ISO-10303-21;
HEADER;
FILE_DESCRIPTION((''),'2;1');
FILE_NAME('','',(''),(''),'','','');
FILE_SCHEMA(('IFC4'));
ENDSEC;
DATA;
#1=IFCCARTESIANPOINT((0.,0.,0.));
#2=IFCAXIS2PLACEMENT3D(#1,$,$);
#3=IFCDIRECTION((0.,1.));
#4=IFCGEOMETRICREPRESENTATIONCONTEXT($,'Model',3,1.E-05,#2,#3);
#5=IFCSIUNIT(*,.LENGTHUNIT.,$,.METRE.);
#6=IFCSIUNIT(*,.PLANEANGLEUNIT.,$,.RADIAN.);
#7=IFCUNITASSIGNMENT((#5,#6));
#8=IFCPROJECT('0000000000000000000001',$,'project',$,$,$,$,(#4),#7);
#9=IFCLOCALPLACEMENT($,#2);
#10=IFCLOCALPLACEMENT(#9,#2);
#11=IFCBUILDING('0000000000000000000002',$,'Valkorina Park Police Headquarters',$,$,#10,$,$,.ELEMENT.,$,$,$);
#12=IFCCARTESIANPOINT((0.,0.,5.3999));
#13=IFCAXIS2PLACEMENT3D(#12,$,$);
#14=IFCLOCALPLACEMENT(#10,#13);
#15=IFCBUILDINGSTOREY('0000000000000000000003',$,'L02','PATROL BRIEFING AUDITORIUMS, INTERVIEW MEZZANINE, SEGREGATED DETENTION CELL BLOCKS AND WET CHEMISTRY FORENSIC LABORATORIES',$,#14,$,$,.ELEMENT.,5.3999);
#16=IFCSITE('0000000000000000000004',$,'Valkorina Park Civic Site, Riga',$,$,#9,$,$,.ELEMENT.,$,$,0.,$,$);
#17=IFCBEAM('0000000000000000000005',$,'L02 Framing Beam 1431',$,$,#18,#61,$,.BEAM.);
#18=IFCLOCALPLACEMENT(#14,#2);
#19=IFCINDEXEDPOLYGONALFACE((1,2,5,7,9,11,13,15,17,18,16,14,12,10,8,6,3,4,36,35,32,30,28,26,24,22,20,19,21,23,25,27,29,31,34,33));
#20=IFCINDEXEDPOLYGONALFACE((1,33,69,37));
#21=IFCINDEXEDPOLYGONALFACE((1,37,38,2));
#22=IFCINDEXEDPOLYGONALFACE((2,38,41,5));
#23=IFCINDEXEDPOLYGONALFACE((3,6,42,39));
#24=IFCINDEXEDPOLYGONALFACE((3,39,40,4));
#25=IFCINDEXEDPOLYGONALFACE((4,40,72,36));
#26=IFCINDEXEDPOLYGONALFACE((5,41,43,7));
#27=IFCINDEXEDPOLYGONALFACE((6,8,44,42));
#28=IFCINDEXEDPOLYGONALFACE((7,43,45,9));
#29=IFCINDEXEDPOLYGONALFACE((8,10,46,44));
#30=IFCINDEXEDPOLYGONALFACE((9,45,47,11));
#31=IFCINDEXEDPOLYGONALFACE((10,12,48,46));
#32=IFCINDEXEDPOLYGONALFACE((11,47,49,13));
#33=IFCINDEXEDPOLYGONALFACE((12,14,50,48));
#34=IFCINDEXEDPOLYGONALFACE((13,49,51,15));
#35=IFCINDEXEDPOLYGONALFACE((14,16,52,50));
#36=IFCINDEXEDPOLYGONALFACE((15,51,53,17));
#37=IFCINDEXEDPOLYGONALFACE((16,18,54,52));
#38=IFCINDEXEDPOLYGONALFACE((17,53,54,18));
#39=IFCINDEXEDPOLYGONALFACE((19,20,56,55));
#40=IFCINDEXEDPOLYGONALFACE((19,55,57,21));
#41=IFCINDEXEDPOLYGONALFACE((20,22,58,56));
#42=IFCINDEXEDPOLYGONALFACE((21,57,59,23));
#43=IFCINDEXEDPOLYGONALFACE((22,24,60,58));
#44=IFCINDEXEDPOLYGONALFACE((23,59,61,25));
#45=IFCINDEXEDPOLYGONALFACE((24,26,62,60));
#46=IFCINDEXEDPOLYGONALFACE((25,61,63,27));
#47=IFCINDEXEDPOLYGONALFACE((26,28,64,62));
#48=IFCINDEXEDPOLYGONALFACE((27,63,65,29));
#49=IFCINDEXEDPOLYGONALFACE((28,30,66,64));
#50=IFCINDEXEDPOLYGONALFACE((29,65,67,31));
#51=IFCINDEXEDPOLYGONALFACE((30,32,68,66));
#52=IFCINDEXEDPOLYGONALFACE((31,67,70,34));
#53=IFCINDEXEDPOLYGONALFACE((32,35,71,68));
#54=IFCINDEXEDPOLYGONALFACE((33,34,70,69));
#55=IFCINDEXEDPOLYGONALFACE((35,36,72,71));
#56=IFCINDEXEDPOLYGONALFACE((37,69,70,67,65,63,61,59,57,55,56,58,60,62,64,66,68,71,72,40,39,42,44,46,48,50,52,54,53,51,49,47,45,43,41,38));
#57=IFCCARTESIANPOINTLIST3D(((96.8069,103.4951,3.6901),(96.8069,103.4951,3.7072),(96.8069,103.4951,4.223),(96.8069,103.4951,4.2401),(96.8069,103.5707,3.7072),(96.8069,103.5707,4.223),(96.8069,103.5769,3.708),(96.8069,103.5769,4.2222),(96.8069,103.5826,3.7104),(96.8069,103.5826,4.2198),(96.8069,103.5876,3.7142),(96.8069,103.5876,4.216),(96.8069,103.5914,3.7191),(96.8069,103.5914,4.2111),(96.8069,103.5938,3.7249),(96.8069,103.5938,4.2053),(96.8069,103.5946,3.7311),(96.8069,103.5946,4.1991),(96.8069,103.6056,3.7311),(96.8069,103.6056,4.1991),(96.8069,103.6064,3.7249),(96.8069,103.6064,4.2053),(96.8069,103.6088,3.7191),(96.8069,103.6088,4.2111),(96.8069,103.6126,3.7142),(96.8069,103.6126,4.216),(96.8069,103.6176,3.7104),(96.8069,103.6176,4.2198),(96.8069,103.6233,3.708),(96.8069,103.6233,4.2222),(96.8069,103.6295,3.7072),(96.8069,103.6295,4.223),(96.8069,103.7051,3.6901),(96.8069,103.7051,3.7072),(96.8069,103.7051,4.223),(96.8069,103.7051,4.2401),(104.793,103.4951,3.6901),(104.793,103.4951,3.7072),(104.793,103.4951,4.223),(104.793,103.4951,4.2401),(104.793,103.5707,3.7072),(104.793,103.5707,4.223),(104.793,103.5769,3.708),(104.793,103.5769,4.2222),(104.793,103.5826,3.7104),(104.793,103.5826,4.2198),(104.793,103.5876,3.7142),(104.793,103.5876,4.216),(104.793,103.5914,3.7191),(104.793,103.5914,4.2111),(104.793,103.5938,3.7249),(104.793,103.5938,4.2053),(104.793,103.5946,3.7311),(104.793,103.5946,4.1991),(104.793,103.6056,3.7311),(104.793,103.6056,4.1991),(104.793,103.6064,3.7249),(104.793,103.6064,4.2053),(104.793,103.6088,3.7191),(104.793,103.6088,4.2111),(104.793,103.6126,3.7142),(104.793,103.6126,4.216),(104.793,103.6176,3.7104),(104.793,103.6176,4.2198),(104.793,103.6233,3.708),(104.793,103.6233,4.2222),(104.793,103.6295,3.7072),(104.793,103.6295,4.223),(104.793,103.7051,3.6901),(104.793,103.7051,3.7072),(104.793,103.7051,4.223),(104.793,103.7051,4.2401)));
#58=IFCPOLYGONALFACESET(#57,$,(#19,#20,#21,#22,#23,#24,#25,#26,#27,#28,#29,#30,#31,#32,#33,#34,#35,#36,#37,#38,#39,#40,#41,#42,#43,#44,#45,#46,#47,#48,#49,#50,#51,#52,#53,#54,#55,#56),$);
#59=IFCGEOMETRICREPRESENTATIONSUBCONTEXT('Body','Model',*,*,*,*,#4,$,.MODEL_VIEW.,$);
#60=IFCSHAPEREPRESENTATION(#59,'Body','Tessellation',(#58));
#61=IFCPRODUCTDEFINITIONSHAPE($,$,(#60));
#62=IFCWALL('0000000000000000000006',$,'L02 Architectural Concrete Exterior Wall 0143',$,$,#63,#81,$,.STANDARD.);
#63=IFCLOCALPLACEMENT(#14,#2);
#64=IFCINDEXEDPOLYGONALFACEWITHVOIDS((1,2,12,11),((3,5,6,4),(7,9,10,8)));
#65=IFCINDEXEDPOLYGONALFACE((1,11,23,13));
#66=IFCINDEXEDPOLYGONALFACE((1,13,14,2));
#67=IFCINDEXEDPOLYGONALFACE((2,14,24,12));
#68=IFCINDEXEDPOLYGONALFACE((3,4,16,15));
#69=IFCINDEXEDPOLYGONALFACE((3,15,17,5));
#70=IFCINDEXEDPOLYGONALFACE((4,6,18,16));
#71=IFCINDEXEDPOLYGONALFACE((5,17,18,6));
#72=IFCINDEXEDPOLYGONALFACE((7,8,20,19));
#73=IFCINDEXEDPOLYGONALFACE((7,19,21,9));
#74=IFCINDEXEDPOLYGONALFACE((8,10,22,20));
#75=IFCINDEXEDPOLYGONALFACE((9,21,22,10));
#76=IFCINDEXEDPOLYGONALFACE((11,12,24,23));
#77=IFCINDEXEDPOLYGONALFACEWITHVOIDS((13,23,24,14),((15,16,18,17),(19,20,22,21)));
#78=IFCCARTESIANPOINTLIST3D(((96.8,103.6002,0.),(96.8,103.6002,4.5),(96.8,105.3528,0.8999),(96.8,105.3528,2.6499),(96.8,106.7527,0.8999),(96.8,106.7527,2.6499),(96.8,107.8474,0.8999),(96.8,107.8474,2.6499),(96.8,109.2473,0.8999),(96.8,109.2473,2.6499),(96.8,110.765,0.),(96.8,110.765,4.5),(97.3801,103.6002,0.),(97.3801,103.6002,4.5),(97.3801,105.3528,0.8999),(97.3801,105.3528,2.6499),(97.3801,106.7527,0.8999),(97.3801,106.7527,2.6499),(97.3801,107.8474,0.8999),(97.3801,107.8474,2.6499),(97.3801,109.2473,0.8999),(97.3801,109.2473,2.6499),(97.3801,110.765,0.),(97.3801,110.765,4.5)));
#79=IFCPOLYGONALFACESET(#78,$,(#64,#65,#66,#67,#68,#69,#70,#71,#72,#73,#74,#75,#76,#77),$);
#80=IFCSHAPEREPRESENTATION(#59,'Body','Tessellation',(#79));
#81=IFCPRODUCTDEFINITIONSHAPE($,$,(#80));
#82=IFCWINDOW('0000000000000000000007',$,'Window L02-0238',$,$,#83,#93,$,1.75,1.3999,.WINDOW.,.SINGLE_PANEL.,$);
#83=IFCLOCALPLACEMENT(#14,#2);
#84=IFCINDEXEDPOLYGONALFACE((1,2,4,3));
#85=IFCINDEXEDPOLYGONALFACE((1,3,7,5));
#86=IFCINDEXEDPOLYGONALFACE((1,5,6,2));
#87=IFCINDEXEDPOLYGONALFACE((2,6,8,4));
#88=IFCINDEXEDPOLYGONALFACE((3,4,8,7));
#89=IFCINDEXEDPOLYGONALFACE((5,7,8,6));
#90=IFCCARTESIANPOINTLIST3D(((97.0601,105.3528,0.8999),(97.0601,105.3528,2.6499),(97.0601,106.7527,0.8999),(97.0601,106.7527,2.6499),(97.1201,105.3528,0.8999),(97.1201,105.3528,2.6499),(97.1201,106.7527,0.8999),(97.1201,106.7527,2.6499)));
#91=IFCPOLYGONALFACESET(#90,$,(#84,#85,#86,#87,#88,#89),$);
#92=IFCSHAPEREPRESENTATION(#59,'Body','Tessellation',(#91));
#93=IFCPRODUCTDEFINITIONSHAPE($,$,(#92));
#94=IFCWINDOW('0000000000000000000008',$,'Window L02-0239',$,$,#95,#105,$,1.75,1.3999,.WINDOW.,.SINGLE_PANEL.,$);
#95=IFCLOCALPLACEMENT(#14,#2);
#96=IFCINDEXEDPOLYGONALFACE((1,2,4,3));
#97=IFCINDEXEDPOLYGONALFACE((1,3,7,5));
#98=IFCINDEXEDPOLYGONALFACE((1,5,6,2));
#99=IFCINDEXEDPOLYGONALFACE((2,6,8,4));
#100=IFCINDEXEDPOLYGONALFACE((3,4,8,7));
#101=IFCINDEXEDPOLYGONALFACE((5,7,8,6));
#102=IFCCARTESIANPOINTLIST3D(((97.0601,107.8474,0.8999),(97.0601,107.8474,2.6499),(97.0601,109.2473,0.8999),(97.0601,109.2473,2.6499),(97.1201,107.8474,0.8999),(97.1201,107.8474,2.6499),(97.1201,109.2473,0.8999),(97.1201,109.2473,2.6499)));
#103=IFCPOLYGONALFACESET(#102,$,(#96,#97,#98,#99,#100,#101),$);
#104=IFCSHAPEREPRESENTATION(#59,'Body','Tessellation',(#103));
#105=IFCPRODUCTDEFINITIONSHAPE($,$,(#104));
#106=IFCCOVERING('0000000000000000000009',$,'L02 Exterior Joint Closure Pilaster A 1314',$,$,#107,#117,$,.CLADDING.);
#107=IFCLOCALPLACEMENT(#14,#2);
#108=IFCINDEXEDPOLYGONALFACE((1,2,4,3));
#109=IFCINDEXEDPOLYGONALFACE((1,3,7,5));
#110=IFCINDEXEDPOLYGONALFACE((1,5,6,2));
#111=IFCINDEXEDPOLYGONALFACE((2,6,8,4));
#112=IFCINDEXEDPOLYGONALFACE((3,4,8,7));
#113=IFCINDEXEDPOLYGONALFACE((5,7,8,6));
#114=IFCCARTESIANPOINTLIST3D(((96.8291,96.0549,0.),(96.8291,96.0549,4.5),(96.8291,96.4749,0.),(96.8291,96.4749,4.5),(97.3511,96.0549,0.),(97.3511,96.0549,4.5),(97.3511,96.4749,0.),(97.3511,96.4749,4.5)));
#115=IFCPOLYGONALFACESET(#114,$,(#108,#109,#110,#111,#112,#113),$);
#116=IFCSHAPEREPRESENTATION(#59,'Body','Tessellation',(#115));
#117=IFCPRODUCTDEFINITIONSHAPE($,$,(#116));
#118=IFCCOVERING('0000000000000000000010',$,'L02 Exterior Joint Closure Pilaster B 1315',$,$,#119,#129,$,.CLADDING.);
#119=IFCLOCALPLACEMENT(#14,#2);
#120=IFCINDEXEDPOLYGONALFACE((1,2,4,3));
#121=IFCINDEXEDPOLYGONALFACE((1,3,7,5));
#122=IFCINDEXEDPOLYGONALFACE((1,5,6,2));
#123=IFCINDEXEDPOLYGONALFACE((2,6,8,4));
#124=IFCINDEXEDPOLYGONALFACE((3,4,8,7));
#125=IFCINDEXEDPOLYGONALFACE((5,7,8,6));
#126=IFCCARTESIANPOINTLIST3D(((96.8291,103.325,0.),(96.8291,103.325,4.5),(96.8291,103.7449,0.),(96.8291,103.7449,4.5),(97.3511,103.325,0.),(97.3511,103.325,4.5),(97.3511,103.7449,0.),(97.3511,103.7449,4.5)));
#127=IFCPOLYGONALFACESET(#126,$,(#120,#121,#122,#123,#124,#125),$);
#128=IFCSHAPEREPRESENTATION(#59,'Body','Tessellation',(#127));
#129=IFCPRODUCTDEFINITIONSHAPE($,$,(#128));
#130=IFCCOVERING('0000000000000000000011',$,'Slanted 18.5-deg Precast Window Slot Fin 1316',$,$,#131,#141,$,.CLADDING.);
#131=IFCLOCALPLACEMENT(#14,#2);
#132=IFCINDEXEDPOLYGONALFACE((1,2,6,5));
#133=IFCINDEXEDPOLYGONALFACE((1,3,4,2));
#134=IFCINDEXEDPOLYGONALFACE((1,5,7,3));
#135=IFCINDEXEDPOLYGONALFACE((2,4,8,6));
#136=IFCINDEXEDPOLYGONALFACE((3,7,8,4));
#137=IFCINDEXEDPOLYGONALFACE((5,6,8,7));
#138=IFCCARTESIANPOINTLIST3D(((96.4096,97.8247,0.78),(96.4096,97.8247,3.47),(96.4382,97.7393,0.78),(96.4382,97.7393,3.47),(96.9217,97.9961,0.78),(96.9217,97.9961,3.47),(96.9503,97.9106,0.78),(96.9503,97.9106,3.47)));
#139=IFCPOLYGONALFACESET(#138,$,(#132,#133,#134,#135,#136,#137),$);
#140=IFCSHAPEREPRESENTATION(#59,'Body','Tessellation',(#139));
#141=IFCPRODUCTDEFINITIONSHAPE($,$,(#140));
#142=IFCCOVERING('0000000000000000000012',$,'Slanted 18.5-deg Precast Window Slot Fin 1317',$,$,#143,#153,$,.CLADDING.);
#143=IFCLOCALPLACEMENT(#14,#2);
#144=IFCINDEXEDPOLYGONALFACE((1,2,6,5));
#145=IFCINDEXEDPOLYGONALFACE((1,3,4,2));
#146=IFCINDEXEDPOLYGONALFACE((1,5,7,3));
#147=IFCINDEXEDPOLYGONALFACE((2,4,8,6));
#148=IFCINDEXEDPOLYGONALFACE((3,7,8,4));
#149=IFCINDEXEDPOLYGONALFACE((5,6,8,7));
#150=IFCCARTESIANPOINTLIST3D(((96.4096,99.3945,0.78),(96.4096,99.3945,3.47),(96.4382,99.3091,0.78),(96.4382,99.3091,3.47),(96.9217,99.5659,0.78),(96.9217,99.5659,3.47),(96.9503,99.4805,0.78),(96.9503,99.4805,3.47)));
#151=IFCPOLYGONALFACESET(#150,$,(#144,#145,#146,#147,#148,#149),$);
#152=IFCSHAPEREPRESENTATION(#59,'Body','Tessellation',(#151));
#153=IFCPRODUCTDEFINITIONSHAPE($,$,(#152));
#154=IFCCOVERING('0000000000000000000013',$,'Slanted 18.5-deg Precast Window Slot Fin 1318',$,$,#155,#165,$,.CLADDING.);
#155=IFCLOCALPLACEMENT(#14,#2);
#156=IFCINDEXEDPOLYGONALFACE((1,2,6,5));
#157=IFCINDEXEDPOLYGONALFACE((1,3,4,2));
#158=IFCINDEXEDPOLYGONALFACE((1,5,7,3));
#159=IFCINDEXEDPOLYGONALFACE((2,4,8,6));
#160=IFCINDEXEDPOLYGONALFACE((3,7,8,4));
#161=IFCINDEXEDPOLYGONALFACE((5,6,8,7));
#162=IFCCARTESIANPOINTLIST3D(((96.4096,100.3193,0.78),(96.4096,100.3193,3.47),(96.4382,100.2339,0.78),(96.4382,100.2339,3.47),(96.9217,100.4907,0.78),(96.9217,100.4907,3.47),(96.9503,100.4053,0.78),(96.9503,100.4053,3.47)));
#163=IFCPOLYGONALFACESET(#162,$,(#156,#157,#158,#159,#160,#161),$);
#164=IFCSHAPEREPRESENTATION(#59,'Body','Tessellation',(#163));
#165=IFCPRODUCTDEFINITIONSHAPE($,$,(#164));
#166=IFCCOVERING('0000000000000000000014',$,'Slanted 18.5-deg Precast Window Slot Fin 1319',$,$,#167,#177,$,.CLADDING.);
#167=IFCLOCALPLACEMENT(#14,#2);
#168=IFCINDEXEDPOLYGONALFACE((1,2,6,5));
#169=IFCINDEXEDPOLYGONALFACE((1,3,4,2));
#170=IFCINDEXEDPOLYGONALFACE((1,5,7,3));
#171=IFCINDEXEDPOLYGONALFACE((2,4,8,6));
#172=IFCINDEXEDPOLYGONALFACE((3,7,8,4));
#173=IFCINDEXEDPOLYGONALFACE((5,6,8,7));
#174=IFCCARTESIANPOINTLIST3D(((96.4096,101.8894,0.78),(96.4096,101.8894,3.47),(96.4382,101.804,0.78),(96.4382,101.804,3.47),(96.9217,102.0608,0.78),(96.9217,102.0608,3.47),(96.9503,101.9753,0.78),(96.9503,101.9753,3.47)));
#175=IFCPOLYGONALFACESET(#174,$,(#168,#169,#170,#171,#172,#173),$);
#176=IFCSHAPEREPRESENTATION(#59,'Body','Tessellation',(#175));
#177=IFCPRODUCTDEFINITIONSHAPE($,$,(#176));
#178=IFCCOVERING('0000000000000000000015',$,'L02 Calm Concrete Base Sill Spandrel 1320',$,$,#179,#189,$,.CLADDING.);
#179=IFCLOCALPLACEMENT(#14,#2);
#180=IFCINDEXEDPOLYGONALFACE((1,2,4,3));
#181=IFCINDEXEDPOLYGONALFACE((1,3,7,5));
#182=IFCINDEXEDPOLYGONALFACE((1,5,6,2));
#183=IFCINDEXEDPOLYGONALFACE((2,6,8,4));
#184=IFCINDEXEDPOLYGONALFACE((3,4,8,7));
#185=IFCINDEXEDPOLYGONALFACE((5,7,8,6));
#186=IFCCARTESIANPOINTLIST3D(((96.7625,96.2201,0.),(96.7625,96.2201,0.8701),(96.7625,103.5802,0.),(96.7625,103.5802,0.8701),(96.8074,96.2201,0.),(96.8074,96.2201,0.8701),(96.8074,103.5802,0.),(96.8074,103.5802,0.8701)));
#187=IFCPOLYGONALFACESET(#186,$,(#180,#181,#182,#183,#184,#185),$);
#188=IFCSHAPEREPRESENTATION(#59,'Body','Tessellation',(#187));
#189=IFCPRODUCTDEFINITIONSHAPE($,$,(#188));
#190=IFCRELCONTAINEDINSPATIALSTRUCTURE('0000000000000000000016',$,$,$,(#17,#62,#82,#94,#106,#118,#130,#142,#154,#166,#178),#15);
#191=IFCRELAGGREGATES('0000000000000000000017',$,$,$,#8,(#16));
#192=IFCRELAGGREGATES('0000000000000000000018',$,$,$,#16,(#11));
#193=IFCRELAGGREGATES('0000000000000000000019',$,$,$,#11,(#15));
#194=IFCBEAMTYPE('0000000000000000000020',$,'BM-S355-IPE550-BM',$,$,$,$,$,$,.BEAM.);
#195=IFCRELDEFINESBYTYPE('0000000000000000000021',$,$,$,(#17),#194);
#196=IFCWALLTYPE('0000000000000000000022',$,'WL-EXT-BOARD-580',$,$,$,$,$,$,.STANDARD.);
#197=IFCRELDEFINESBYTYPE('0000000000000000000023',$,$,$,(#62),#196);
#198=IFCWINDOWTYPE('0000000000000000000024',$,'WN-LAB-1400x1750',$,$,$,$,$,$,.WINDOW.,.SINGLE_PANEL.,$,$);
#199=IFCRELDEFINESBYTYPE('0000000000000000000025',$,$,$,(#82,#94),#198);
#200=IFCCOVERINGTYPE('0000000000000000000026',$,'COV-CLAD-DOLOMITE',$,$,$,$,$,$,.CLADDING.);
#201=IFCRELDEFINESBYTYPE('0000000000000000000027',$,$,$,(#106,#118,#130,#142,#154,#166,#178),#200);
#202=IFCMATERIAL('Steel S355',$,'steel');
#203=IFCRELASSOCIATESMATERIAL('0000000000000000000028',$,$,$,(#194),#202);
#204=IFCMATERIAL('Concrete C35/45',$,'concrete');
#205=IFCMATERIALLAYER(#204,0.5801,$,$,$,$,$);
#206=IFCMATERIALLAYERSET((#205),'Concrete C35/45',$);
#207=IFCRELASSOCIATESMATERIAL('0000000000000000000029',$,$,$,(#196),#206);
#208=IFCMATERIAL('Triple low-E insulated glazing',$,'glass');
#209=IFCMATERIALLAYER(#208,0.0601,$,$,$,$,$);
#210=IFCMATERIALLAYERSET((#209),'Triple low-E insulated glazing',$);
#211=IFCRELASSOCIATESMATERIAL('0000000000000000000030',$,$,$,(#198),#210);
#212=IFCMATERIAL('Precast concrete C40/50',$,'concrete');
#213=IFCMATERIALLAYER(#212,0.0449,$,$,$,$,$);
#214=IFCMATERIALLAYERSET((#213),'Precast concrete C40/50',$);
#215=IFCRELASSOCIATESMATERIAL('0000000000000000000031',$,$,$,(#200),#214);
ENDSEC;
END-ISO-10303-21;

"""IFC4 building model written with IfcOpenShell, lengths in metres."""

from ifc_helpers import new_model, si_unit, direction, frame, frame_2d, origin, origin_2d, place, context, subcontext, project, spatial, rectangle, i_section, extrude, material, layer, layer_set, material_profile, profile_set, type_object, element, fill, save


model = new_model("IFC4")

# Units and contexts
model_context = context("Model", 3, precision=1e-05, world=origin(), true_north=direction((0.0, 1.0)))
body_context = subcontext(model_context, "Body", "Model", "MODEL_VIEW")
ifc_project = project(units=[si_unit("LENGTHUNIT", "METRE"), si_unit("PLANEANGLEUNIT", "RADIAN")], contexts=[model_context])

# Site, building, storey
site_placement = place(None, origin())
site = spatial("IfcSite", under=ifc_project, at=site_placement, Name="Valkorina Park Civic Site, Riga", CompositionType="ELEMENT", RefElevation=0.0)
building_placement = place(site_placement, origin())
building = spatial("IfcBuilding", under=site, at=building_placement, Name="Valkorina Park Police Headquarters", CompositionType="ELEMENT")
storey_placement = place(building_placement, frame((0.0, 0.0, 5.3999)))
storey = spatial("IfcBuildingStorey", under=building, at=storey_placement, Name="L02", Description="PATROL BRIEFING AUDITORIUMS, INTERVIEW MEZZANINE, SEGREGATED DETENTION CELL BLOCKS AND WET CHEMISTRY FORENSIC LABORATORIES", CompositionType="ELEMENT", Elevation=5.3999)

# Shared definitions
ifc_material_1 = material(Name="Steel S355", Category="steel")

# Beam
ifc_material_profile_1 = material_profile(ifc_material_1, i_section(OverallWidth=0.21, OverallDepth=0.55, WebThickness=0.011, FlangeThickness=0.0171, FilletRadius=0.0239, at=origin_2d()), Name="IPE 550")
ifc_profile_set_1 = profile_set([ifc_material_profile_1], Name="Steel S355")
beam_type_1 = type_object("IfcBeamType", Name="BM-S355-IPE550-BM", PredefinedType="BEAM", material=ifc_profile_set_1)
beam_1_placement = place(storey_placement, frame((96.8069, 103.6001, 3.9651), z_axis=(1.0, 0.0, 0.0), x_axis=(0.0, 1.0, 0.0)))
element("IfcBeam", 1, at=beam_1_placement, inside=storey, type_object=beam_type_1, Name="L02 Framing Beam 1431", PredefinedType="BEAM", context=body_context, shape_type="SweptSolid", body=[
    extrude(i_section(OverallWidth=0.21, OverallDepth=0.55, WebThickness=0.011, FlangeThickness=0.0171, FilletRadius=0.0239, at=origin_2d()), origin(), (0.0, 0.0, 1.0), 7.9861),
])

# Wall, openings, windows
ifc_material_2 = material(Name="Concrete C35/45", Category="concrete")
ifc_layer_1 = layer(ifc_material_2, 0.5801)
ifc_layer_set_1 = layer_set([ifc_layer_1], Name="Concrete C35/45")
wall_type = type_object("IfcWallType", Name="WL-EXT-BOARD-580", PredefinedType="STANDARD", material=ifc_layer_set_1)
wall_placement = place(storey_placement, frame((97.0901, 103.6001, 0.0), z_axis=(0.0, 0.0, 1.0), x_axis=(0.0, 1.0, 0.0)))
wall = element("IfcWall", 2, at=wall_placement, inside=storey, type_object=wall_type, Name="L02 Architectural Concrete Exterior Wall 0143", PredefinedType="STANDARD", context=body_context, shape_type="SweptSolid", body=[
    extrude(rectangle(XDim=7.1648, YDim=0.5801, at=frame_2d((3.5825, 0.0))), origin(), (0.0, 0.0, 1.0), 4.5),
])
opening_1_placement = place(wall_placement, frame((1.7527, 0.0, 0.8999)))
opening_1 = element("IfcOpeningElement", 3, at=opening_1_placement, cuts=wall, PredefinedType="OPENING", context=body_context, shape_type="SweptSolid", body=[
    extrude(rectangle(XDim=1.3999, YDim=1.75, at=frame_2d((0.7, 0.875))), frame((0.0, 0.3, 0.0), z_axis=(0.0, -1.0, 0.0), x_axis=(1.0, 0.0, 0.0)), (0.0, 0.0, 1.0), 0.6001),
])
opening_2_placement = place(wall_placement, frame((4.2473, 0.0, 0.8999)))
opening_2 = element("IfcOpeningElement", 4, at=opening_2_placement, cuts=wall, PredefinedType="OPENING", context=body_context, shape_type="SweptSolid", body=[
    extrude(rectangle(XDim=1.3999, YDim=1.75, at=frame_2d((0.7, 0.875))), frame((0.0, 0.3, 0.0), z_axis=(0.0, -1.0, 0.0), x_axis=(1.0, 0.0, 0.0)), (0.0, 0.0, 1.0), 0.6001),
])
ifc_material_3 = material(Name="Triple low-E insulated glazing", Category="glass")
ifc_layer_2 = layer(ifc_material_3, 0.0601)
ifc_layer_set_2 = layer_set([ifc_layer_2], Name="Triple low-E insulated glazing")
window_type = type_object("IfcWindowType", Name="WN-LAB-1400x1750", PartitioningType="SINGLE_PANEL", PredefinedType="WINDOW", material=ifc_layer_set_2)
window_1_placement = place(opening_1_placement, origin())
window_1 = element("IfcWindow", 5, at=window_1_placement, inside=storey, type_object=window_type, Name="Window L02-0238", OverallHeight=1.75, OverallWidth=1.3999, PartitioningType="SINGLE_PANEL", PredefinedType="WINDOW", context=body_context, shape_type="SweptSolid", body=[
    extrude(rectangle(XDim=1.3999, YDim=1.75, at=frame_2d((0.7, 0.875))), frame((0.0, 0.03, 0.0), z_axis=(0.0, -1.0, 0.0), x_axis=(1.0, 0.0, 0.0)), (0.0, 0.0, 1.0), 0.0601),
])
fill(opening_1, window_1)
window_2_placement = place(opening_2_placement, origin())
window_2 = element("IfcWindow", 6, at=window_2_placement, inside=storey, type_object=window_type, Name="Window L02-0239", OverallHeight=1.75, OverallWidth=1.3999, PartitioningType="SINGLE_PANEL", PredefinedType="WINDOW", context=body_context, shape_type="SweptSolid", body=[
    extrude(rectangle(XDim=1.3999, YDim=1.75, at=frame_2d((0.7, 0.875))), frame((0.0, 0.03, 0.0), z_axis=(0.0, -1.0, 0.0), x_axis=(1.0, 0.0, 0.0)), (0.0, 0.0, 1.0), 0.0601),
])
fill(opening_2, window_2)

# Coverings
ifc_material_4 = material(Name="Precast concrete C40/50", Category="concrete")
ifc_layer_3 = layer(ifc_material_4, 0.0449)
ifc_layer_set_3 = layer_set([ifc_layer_3], Name="Precast concrete C40/50")
covering_type = type_object("IfcCoveringType", Name="COV-CLAD-DOLOMITE", PredefinedType="CLADDING", material=ifc_layer_set_3)
for number, where, z_axis, x_axis, name in (
    (7, (97.0901, 96.2649, 0.0), (0.0, 0.0, 1.0), (0.0, 1.0, 0.0), "L02 Exterior Joint Closure Pilaster A 1314"),
    (8, (97.0901, 103.5349, 0.0), (0.0, 0.0, 1.0), (0.0, 1.0, 0.0), "L02 Exterior Joint Closure Pilaster B 1315"),
):
    element("IfcCovering", number, at=place(storey_placement, frame(where, z_axis=z_axis, x_axis=x_axis)), inside=storey, type_object=covering_type, Name=name, PredefinedType="CLADDING", context=body_context, shape_type="SweptSolid", body=[
        extrude(rectangle(XDim=0.4199, YDim=0.522, at=origin_2d()), origin(), (0.0, 0.0, 1.0), 4.5),
    ])
for number, where, z_axis, x_axis, name in (
    (9, (96.6799, 97.8677, 0.78), (0.0, 0.0, 1.0), (-0.948324, -0.317305, 0.0), "Slanted 18.5-deg Precast Window Slot Fin 1316"),
    (10, (96.6799, 99.4375, 0.78), (0.0, 0.0, 1.0), (-0.948324, -0.317305, 0.0), "Slanted 18.5-deg Precast Window Slot Fin 1317"),
    (11, (96.6799, 100.3623, 0.78), (0.0, 0.0, 1.0), (-0.948324, -0.317305, 0.0), "Slanted 18.5-deg Precast Window Slot Fin 1318"),
    (12, (96.6799, 101.9324, 0.78), (0.0, 0.0, 1.0), (-0.948324, -0.317305, 0.0), "Slanted 18.5-deg Precast Window Slot Fin 1319"),
):
    element("IfcCovering", number, at=place(storey_placement, frame(where, z_axis=z_axis, x_axis=x_axis)), inside=storey, type_object=covering_type, Name=name, PredefinedType="CLADDING", context=body_context, shape_type="SweptSolid", body=[
        extrude(rectangle(XDim=0.54, YDim=0.0901, at=origin_2d()), origin(), (0.0, 0.0, 1.0), 2.6899),
    ])
covering_1_placement = place(storey_placement, frame((96.7849, 96.22, 0.0), z_axis=(0.0, 0.0, 1.0), x_axis=(0.0, 1.0, 0.0)))
element("IfcCovering", 13, at=covering_1_placement, inside=storey, type_object=covering_type, Name="L02 Calm Concrete Base Sill Spandrel 1320", PredefinedType="CLADDING", context=body_context, shape_type="SweptSolid", body=[
    extrude(rectangle(XDim=7.3601, YDim=0.0449, at=frame_2d((3.6802, 0.0))), origin(), (0.0, 0.0, 1.0), 0.8701),
])

save(model, "model.ifc")
